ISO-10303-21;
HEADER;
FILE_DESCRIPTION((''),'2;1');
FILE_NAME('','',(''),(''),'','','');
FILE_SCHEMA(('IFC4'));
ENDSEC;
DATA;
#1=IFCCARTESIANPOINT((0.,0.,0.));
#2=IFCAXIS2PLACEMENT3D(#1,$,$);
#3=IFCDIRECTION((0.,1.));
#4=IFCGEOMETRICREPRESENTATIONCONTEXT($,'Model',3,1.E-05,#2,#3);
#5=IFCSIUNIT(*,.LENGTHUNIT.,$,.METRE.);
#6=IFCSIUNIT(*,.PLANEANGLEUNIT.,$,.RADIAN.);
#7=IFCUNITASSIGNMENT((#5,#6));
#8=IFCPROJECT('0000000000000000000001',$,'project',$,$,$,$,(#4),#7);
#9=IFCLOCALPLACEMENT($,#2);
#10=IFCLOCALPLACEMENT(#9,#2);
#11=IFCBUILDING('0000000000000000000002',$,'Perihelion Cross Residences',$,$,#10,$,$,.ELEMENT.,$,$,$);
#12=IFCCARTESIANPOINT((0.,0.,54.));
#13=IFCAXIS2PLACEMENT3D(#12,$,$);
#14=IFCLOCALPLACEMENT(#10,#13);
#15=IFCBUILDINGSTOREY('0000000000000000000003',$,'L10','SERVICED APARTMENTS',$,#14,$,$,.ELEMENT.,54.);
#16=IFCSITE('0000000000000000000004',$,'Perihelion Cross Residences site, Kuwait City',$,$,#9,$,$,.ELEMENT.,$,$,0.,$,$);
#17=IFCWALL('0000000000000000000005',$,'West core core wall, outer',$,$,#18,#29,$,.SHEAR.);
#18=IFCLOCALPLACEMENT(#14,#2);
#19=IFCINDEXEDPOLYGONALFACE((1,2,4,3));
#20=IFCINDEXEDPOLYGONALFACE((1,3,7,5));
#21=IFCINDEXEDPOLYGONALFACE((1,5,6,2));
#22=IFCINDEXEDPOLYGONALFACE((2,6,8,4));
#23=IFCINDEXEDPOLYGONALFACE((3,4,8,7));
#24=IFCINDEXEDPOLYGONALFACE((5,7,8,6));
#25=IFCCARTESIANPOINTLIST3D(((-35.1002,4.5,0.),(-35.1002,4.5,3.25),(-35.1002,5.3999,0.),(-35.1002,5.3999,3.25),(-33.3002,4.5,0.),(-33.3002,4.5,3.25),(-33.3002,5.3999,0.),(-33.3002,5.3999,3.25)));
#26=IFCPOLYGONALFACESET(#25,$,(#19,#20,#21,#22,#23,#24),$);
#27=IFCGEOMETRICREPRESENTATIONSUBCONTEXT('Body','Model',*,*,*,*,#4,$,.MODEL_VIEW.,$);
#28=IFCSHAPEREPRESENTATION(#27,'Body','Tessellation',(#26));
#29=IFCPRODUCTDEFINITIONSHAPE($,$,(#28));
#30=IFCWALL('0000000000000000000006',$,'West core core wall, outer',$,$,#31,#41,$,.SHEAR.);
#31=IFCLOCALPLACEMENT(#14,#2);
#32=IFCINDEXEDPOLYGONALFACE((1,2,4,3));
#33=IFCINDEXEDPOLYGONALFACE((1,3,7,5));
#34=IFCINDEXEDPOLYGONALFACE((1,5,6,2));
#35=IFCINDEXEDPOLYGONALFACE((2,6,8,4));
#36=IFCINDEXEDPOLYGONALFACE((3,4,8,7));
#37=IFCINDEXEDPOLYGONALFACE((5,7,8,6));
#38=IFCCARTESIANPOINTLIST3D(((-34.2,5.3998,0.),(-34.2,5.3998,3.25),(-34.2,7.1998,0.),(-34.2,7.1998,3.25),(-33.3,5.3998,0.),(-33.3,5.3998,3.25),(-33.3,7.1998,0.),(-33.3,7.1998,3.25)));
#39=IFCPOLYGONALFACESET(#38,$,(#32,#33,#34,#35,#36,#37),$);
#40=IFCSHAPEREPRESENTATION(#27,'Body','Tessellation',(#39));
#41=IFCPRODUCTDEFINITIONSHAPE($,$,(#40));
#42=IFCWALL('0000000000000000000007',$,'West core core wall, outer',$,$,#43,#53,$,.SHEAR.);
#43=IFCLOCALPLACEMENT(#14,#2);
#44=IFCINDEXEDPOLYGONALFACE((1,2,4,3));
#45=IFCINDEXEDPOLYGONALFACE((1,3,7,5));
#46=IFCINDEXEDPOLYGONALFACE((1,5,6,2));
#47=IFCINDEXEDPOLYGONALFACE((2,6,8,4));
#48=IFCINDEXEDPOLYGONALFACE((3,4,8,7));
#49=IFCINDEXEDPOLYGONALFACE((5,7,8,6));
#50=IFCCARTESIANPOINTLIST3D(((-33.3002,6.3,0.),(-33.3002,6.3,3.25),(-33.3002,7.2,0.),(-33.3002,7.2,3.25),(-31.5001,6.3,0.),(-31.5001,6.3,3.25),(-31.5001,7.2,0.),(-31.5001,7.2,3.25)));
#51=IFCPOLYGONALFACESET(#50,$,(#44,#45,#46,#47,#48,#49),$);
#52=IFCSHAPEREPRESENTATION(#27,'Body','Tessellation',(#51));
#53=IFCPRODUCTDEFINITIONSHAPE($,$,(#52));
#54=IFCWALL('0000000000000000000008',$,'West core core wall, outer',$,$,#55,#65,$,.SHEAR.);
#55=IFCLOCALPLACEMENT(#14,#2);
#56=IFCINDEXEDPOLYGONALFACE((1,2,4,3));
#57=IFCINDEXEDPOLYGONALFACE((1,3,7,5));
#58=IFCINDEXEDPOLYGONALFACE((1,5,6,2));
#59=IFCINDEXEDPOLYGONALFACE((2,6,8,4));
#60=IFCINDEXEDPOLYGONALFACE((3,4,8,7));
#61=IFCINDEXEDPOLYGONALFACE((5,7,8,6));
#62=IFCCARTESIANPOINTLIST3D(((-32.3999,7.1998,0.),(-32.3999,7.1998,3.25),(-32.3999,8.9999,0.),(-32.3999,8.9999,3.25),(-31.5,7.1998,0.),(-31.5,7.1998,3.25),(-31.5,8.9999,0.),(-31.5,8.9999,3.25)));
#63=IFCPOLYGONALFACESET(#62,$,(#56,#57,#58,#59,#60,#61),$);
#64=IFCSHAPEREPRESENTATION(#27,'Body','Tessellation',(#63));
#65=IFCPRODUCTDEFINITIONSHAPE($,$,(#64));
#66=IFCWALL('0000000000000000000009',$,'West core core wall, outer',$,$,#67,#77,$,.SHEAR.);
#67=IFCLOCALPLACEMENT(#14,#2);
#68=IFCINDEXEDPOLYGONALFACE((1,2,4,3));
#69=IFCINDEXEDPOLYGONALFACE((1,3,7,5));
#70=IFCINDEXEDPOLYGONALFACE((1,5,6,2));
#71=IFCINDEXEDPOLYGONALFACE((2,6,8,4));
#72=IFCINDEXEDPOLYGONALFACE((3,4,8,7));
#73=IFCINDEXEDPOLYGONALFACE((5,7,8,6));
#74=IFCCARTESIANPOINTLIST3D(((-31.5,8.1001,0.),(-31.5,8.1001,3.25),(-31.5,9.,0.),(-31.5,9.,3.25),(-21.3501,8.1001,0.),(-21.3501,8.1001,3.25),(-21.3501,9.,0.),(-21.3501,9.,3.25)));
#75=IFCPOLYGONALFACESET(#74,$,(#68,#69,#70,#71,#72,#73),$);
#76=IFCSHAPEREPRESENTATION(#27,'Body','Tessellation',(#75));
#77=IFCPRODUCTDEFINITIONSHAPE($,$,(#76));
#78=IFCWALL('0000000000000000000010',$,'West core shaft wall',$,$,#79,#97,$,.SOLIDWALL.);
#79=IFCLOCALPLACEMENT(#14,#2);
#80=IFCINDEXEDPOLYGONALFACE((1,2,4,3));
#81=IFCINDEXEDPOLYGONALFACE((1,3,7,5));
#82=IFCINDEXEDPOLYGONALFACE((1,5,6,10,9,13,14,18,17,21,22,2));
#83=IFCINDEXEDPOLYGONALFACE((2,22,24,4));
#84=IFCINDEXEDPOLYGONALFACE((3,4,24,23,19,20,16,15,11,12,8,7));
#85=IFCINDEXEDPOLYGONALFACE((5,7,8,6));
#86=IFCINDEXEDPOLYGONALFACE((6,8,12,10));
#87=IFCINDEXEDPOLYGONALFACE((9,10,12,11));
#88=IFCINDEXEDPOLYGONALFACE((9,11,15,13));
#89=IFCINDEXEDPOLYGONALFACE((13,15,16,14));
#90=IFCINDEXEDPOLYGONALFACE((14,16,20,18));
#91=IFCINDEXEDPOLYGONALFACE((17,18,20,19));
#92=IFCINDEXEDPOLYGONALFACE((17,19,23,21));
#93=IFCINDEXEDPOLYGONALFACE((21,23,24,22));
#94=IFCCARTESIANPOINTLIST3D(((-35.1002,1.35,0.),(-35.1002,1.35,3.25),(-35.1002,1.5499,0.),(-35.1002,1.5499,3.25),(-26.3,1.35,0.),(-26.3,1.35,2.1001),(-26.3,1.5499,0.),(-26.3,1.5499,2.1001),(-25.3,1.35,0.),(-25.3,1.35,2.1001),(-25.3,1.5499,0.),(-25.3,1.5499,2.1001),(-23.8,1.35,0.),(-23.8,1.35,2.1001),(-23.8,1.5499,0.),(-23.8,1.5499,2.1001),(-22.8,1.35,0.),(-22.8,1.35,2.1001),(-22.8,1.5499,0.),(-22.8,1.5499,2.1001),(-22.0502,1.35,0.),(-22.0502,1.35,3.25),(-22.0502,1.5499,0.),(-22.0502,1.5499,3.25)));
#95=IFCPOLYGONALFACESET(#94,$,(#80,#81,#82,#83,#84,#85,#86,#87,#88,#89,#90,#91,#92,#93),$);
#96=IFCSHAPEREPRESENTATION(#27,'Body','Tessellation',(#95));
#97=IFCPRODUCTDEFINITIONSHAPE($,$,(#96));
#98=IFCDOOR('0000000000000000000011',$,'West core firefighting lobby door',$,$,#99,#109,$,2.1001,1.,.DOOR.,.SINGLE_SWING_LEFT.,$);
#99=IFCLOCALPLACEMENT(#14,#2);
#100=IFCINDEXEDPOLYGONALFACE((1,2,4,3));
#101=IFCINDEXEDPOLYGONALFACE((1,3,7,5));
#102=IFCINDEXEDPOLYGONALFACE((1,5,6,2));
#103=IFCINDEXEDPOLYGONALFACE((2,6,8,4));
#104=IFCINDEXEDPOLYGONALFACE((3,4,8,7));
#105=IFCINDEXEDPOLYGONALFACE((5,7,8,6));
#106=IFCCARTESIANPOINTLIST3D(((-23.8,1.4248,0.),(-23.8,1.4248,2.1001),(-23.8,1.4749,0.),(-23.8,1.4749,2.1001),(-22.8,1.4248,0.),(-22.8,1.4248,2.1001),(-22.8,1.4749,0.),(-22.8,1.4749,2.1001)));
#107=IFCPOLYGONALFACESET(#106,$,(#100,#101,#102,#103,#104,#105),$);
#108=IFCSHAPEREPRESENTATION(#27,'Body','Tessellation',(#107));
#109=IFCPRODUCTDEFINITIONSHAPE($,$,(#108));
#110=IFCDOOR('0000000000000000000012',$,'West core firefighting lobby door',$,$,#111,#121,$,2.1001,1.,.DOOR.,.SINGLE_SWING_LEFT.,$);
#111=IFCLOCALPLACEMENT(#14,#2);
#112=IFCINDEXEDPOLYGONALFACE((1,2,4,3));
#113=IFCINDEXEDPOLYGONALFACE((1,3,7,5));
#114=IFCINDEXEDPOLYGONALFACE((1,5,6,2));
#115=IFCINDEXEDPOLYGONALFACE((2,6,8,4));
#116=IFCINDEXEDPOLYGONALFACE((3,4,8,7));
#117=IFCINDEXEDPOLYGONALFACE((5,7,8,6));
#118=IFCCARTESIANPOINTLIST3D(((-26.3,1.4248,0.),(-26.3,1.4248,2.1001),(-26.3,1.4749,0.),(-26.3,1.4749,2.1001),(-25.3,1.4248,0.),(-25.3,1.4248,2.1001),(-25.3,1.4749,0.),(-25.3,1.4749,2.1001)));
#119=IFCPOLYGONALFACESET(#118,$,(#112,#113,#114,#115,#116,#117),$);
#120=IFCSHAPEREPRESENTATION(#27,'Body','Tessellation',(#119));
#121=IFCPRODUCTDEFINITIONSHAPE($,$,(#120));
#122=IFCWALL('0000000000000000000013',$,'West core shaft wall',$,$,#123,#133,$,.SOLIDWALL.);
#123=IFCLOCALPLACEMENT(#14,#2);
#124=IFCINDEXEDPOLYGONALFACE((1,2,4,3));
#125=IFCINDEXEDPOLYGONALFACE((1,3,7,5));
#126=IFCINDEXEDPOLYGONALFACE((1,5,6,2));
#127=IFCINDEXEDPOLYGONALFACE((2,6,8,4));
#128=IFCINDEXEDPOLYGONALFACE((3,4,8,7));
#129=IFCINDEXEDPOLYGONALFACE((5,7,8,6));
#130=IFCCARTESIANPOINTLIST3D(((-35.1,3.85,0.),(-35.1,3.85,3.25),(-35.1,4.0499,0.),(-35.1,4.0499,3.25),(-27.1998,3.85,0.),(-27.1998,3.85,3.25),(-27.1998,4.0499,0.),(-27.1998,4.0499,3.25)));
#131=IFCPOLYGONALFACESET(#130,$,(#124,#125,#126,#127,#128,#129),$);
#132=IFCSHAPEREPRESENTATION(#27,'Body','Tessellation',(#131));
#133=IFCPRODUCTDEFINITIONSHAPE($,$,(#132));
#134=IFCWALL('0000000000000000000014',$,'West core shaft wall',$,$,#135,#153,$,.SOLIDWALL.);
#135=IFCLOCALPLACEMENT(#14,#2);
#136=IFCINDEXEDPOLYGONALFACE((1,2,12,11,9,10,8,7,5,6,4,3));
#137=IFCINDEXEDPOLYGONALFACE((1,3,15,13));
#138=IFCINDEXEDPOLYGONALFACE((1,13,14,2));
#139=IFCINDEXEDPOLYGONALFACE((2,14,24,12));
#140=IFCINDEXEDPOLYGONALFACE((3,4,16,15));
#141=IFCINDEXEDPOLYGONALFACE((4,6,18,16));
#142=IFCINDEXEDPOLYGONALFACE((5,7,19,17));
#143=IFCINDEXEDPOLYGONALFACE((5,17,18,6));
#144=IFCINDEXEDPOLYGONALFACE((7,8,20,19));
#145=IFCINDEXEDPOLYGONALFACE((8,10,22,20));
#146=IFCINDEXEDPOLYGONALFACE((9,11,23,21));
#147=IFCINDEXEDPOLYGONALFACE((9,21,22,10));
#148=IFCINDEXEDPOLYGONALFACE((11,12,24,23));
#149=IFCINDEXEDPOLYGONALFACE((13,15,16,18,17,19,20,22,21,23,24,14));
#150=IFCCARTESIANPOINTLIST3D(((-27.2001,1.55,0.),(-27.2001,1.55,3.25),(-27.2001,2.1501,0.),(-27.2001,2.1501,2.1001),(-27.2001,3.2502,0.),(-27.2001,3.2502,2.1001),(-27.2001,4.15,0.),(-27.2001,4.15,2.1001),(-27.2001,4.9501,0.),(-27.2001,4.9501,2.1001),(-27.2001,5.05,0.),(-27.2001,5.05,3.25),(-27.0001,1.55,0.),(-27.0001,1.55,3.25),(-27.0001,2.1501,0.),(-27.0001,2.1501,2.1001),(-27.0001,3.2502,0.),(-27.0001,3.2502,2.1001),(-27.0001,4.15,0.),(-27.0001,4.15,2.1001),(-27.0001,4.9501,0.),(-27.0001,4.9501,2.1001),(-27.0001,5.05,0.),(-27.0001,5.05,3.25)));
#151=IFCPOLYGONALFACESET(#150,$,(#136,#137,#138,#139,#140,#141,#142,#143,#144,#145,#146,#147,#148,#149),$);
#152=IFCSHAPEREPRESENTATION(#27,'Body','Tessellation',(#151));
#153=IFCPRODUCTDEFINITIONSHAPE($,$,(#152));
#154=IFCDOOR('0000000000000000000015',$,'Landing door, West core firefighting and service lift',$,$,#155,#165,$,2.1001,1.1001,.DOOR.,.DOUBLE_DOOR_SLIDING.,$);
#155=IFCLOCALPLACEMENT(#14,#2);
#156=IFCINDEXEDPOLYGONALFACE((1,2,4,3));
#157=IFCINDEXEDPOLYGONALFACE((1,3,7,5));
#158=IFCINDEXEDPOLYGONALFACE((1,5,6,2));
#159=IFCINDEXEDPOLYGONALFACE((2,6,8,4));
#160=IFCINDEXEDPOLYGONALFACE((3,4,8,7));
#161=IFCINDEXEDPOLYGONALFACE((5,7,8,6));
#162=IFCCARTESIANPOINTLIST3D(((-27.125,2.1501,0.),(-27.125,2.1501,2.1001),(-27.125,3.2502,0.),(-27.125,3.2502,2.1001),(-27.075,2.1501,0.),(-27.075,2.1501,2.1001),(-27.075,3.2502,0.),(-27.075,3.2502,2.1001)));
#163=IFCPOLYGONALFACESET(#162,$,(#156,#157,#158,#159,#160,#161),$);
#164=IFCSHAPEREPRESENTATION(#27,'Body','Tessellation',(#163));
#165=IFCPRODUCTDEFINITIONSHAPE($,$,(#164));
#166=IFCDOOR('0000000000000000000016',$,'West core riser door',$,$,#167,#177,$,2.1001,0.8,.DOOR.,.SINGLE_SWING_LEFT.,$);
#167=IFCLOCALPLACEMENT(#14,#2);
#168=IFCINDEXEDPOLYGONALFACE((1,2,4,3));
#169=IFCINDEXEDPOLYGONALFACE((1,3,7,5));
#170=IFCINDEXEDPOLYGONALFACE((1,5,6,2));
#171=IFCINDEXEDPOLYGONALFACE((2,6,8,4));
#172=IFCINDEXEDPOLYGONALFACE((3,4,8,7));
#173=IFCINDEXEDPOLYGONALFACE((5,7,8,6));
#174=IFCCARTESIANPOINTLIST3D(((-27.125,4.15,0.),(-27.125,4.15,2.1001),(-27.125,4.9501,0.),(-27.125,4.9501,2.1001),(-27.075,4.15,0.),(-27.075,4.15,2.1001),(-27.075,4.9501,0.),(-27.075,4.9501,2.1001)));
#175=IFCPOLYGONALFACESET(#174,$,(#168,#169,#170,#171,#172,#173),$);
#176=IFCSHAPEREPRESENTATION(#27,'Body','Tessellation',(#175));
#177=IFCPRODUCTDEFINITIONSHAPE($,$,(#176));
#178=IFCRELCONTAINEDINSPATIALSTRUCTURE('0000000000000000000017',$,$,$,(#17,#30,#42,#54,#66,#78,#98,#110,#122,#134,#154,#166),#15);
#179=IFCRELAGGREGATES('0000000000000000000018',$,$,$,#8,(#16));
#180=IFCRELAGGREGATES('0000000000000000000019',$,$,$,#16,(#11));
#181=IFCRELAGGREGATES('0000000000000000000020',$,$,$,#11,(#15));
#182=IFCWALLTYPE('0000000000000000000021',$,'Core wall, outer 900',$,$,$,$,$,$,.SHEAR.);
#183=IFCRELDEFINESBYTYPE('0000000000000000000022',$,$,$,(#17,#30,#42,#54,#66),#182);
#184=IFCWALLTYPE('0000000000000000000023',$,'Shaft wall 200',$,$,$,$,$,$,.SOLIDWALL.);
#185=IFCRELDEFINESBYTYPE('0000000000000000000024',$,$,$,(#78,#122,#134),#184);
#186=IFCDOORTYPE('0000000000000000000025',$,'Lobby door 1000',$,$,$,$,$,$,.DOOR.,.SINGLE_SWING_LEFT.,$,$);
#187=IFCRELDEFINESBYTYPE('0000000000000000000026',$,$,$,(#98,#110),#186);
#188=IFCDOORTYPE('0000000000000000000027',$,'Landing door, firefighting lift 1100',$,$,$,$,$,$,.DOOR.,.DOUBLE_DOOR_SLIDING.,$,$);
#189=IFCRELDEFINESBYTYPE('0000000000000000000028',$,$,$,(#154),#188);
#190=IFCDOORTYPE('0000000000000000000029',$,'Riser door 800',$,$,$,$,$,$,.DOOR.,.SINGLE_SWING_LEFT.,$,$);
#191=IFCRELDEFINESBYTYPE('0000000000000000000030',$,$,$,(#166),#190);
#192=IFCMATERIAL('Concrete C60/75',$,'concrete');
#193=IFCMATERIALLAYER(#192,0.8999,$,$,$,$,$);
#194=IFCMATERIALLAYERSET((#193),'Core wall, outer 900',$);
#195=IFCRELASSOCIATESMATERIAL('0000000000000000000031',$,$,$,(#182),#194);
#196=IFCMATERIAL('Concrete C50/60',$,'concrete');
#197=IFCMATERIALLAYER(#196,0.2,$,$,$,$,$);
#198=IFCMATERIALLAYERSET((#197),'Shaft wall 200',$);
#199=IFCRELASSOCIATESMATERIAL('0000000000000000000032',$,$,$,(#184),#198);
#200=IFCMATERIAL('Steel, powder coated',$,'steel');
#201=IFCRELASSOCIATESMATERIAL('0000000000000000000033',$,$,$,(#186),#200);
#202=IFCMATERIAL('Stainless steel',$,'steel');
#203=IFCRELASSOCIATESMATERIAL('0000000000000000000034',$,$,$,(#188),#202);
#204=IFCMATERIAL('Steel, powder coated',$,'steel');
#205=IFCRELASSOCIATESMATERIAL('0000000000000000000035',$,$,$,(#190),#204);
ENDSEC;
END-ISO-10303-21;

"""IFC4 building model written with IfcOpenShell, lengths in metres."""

from ifc_helpers import new_model, si_unit, direction, frame, frame_2d, origin, place, context, subcontext, project, spatial, rectangle, extrude, material, layer, layer_set, type_object, element, fill, save


model = new_model("IFC4")

# Units and contexts
model_context = context("Model", 3, precision=1e-05, world=origin(), true_north=direction((0.0, 1.0)))
body_context = subcontext(model_context, "Body", "Model", "MODEL_VIEW")
ifc_project = project(units=[si_unit("LENGTHUNIT", "METRE"), si_unit("PLANEANGLEUNIT", "RADIAN")], contexts=[model_context])

# Site, building, storey
site_placement = place(None, origin())
site = spatial("IfcSite", under=ifc_project, at=site_placement, Name="Perihelion Cross Residences site, Kuwait City", CompositionType="ELEMENT", RefElevation=0.0)
building_placement = place(site_placement, origin())
building = spatial("IfcBuilding", under=site, at=building_placement, Name="Perihelion Cross Residences", CompositionType="ELEMENT")
storey_placement = place(building_placement, frame((0.0, 0.0, 54.0)))
storey = spatial("IfcBuildingStorey", under=building, at=storey_placement, Name="L10", Description="SERVICED APARTMENTS", CompositionType="ELEMENT", Elevation=54.0)

# Walls
ifc_material_1 = material(Name="Concrete C60/75", Category="concrete")
ifc_layer_1 = layer(ifc_material_1, 0.8999)
ifc_layer_set_1 = layer_set([ifc_layer_1], Name="Core wall, outer 900")
wall_type_1 = type_object("IfcWallType", Name="Core wall, outer 900", PredefinedType="SHEAR", material=ifc_layer_set_1)
for number, where, z_axis, x_axis, name in (
    (1, (-35.1001, 4.95, 0.0), (0.0, 0.0, 1.0), (1.0, 0.0, 0.0), "West core core wall, outer"),
    (2, (-33.75, 5.3999, 0.0), (0.0, 0.0, 1.0), (0.0, 1.0, 0.0), "West core core wall, outer"),
    (3, (-33.3, 6.75, 0.0), (0.0, 0.0, 1.0), (1.0, 0.0, 0.0), "West core core wall, outer"),
    (4, (-31.95, 7.2, 0.0), (0.0, 0.0, 1.0), (0.0, 1.0, 0.0), "West core core wall, outer"),
):
    element("IfcWall", number, at=place(storey_placement, frame(where, z_axis=z_axis, x_axis=x_axis)), inside=storey, type_object=wall_type_1, Name=name, PredefinedType="SHEAR", context=body_context, shape_type="SweptSolid", body=[
        extrude(rectangle(XDim=1.8, YDim=0.8999, at=frame_2d((0.8999, 0.0))), origin(), (0.0, 0.0, 1.0), 3.25),
    ])
wall_1_placement = place(storey_placement, frame((-31.5, 8.55, 0.0), z_axis=(0.0, 0.0, 1.0), x_axis=(1.0, 0.0, 0.0)))
element("IfcWall", 5, at=wall_1_placement, inside=storey, type_object=wall_type_1, Name="West core core wall, outer", PredefinedType="SHEAR", context=body_context, shape_type="SweptSolid", body=[
    extrude(rectangle(XDim=10.1499, YDim=0.8999, at=frame_2d((5.075, 0.0))), origin(), (0.0, 0.0, 1.0), 3.25),
])

# Wall, openings, doors
ifc_material_2 = material(Name="Concrete C50/60", Category="concrete")
ifc_layer_2 = layer(ifc_material_2, 0.2)
ifc_layer_set_2 = layer_set([ifc_layer_2], Name="Shaft wall 200")
wall_type_2 = type_object("IfcWallType", Name="Shaft wall 200", PredefinedType="SOLIDWALL", material=ifc_layer_set_2)
wall_2_placement = place(storey_placement, frame((-35.1001, 1.45, 0.0), z_axis=(0.0, 0.0, 1.0), x_axis=(1.0, 0.0, 0.0)))
wall_2 = element("IfcWall", 6, at=wall_2_placement, inside=storey, type_object=wall_type_2, Name="West core shaft wall", PredefinedType="SOLIDWALL", context=body_context, shape_type="SweptSolid", body=[
    extrude(rectangle(XDim=13.05, YDim=0.2, at=frame_2d((6.5249, 0.0))), origin(), (0.0, 0.0, 1.0), 3.25),
])
opening_1_placement = place(wall_2_placement, frame((11.3, 0.0, 0.0)))
opening_1 = element("IfcOpeningElement", 7, at=opening_1_placement, cuts=wall_2, PredefinedType="OPENING", context=body_context, shape_type="SweptSolid", body=[
    extrude(rectangle(XDim=1.0, YDim=2.1001, at=frame_2d((0.5, 1.05))), frame((0.0, 0.1099, 0.0), z_axis=(0.0, -1.0, 0.0), x_axis=(1.0, 0.0, 0.0)), (0.0, 0.0, 1.0), 0.22),
])
opening_2_placement = place(wall_2_placement, frame((8.8, 0.0, 0.0)))
opening_2 = element("IfcOpeningElement", 8, at=opening_2_placement, cuts=wall_2, PredefinedType="OPENING", context=body_context, shape_type="SweptSolid", body=[
    extrude(rectangle(XDim=1.0, YDim=2.1001, at=frame_2d((0.5, 1.05))), frame((0.0, 0.1099, 0.0), z_axis=(0.0, -1.0, 0.0), x_axis=(1.0, 0.0, 0.0)), (0.0, 0.0, 1.0), 0.22),
])
ifc_material_3 = material(Name="Steel, powder coated", Category="steel")
door_type_1 = type_object("IfcDoorType", Name="Lobby door 1000", OperationType="SINGLE_SWING_LEFT", PredefinedType="DOOR", material=ifc_material_3)
door_1_placement = place(opening_1_placement, origin())
door_1 = element("IfcDoor", 9, at=door_1_placement, inside=storey, type_object=door_type_1, Name="West core firefighting lobby door", OperationType="SINGLE_SWING_LEFT", OverallHeight=2.1001, OverallWidth=1.0, PredefinedType="DOOR", context=body_context, shape_type="SweptSolid", body=[
    extrude(rectangle(XDim=1.0, YDim=2.1001, at=frame_2d((0.5, 1.05))), frame((0.0, 0.0249, 0.0), z_axis=(0.0, -1.0, 0.0), x_axis=(1.0, 0.0, 0.0)), (0.0, 0.0, 1.0), 0.05),
])
fill(opening_1, door_1)
door_2_placement = place(opening_2_placement, origin())
door_2 = element("IfcDoor", 10, at=door_2_placement, inside=storey, type_object=door_type_1, Name="West core firefighting lobby door", OperationType="SINGLE_SWING_LEFT", OverallHeight=2.1001, OverallWidth=1.0, PredefinedType="DOOR", context=body_context, shape_type="SweptSolid", body=[
    extrude(rectangle(XDim=1.0, YDim=2.1001, at=frame_2d((0.5, 1.05))), frame((0.0, 0.0249, 0.0), z_axis=(0.0, -1.0, 0.0), x_axis=(1.0, 0.0, 0.0)), (0.0, 0.0, 1.0), 0.05),
])
fill(opening_2, door_2)

# Wall
wall_3_placement = place(storey_placement, frame((-35.1001, 3.95, 0.0), z_axis=(0.0, 0.0, 1.0), x_axis=(1.0, 0.0, 0.0)))
element("IfcWall", 11, at=wall_3_placement, inside=storey, type_object=wall_type_2, Name="West core shaft wall", PredefinedType="SOLIDWALL", context=body_context, shape_type="SweptSolid", body=[
    extrude(rectangle(XDim=7.9001, YDim=0.2, at=frame_2d((3.9502, 0.0))), origin(), (0.0, 0.0, 1.0), 3.25),
])

# Wall, openings, doors
wall_4_placement = place(storey_placement, frame((-27.1001, 1.55, 0.0), z_axis=(0.0, 0.0, 1.0), x_axis=(0.0, 1.0, 0.0)))
wall_4 = element("IfcWall", 12, at=wall_4_placement, inside=storey, type_object=wall_type_2, Name="West core shaft wall", PredefinedType="SOLIDWALL", context=body_context, shape_type="SweptSolid", body=[
    extrude(rectangle(XDim=3.5, YDim=0.2, at=frame_2d((1.75, 0.0))), origin(), (0.0, 0.0, 1.0), 3.25),
])
opening_3_placement = place(wall_4_placement, frame((0.6001, 0.0, 0.0)))
opening_3 = element("IfcOpeningElement", 13, at=opening_3_placement, cuts=wall_4, PredefinedType="OPENING", context=body_context, shape_type="SweptSolid", body=[
    extrude(rectangle(XDim=1.1001, YDim=2.1001, at=frame_2d((0.55, 1.05))), frame((0.0, 0.1099, 0.0), z_axis=(0.0, -1.0, 0.0), x_axis=(1.0, 0.0, 0.0)), (0.0, 0.0, 1.0), 0.22),
])
opening_4_placement = place(wall_4_placement, frame((2.6001, 0.0, 0.0)))
opening_4 = element("IfcOpeningElement", 14, at=opening_4_placement, cuts=wall_4, PredefinedType="OPENING", context=body_context, shape_type="SweptSolid", body=[
    extrude(rectangle(XDim=0.8, YDim=2.1001, at=frame_2d((0.3999, 1.05))), frame((0.0, 0.1099, 0.0), z_axis=(0.0, -1.0, 0.0), x_axis=(1.0, 0.0, 0.0)), (0.0, 0.0, 1.0), 0.22),
])
ifc_material_4 = material(Name="Stainless steel", Category="steel")
door_type_2 = type_object("IfcDoorType", Name="Landing door, firefighting lift 1100", OperationType="DOUBLE_DOOR_SLIDING", PredefinedType="DOOR", material=ifc_material_4)
door_3_placement = place(opening_3_placement, origin())
door_3 = element("IfcDoor", 15, at=door_3_placement, inside=storey, type_object=door_type_2, Name="Landing door, West core firefighting and service lift", OperationType="DOUBLE_DOOR_SLIDING", OverallHeight=2.1001, OverallWidth=1.1001, PredefinedType="DOOR", context=body_context, shape_type="SweptSolid", body=[
    extrude(rectangle(XDim=1.1001, YDim=2.1001, at=frame_2d((0.55, 1.05))), frame((0.0, 0.0249, 0.0), z_axis=(0.0, -1.0, 0.0), x_axis=(1.0, 0.0, 0.0)), (0.0, 0.0, 1.0), 0.05),
])
fill(opening_3, door_3)
ifc_material_5 = material(Name="Steel, powder coated", Category="steel")
door_type_3 = type_object("IfcDoorType", Name="Riser door 800", OperationType="SINGLE_SWING_LEFT", PredefinedType="DOOR", material=ifc_material_5)
door_4_placement = place(opening_4_placement, origin())
door_4 = element("IfcDoor", 16, at=door_4_placement, inside=storey, type_object=door_type_3, Name="West core riser door", OperationType="SINGLE_SWING_LEFT", OverallHeight=2.1001, OverallWidth=0.8, PredefinedType="DOOR", context=body_context, shape_type="SweptSolid", body=[
    extrude(rectangle(XDim=0.8, YDim=2.1001, at=frame_2d((0.3999, 1.05))), frame((0.0, 0.0249, 0.0), z_axis=(0.0, -1.0, 0.0), x_axis=(1.0, 0.0, 0.0)), (0.0, 0.0, 1.0), 0.05),
])
fill(opening_4, door_4)

save(model, "model.ifc")
